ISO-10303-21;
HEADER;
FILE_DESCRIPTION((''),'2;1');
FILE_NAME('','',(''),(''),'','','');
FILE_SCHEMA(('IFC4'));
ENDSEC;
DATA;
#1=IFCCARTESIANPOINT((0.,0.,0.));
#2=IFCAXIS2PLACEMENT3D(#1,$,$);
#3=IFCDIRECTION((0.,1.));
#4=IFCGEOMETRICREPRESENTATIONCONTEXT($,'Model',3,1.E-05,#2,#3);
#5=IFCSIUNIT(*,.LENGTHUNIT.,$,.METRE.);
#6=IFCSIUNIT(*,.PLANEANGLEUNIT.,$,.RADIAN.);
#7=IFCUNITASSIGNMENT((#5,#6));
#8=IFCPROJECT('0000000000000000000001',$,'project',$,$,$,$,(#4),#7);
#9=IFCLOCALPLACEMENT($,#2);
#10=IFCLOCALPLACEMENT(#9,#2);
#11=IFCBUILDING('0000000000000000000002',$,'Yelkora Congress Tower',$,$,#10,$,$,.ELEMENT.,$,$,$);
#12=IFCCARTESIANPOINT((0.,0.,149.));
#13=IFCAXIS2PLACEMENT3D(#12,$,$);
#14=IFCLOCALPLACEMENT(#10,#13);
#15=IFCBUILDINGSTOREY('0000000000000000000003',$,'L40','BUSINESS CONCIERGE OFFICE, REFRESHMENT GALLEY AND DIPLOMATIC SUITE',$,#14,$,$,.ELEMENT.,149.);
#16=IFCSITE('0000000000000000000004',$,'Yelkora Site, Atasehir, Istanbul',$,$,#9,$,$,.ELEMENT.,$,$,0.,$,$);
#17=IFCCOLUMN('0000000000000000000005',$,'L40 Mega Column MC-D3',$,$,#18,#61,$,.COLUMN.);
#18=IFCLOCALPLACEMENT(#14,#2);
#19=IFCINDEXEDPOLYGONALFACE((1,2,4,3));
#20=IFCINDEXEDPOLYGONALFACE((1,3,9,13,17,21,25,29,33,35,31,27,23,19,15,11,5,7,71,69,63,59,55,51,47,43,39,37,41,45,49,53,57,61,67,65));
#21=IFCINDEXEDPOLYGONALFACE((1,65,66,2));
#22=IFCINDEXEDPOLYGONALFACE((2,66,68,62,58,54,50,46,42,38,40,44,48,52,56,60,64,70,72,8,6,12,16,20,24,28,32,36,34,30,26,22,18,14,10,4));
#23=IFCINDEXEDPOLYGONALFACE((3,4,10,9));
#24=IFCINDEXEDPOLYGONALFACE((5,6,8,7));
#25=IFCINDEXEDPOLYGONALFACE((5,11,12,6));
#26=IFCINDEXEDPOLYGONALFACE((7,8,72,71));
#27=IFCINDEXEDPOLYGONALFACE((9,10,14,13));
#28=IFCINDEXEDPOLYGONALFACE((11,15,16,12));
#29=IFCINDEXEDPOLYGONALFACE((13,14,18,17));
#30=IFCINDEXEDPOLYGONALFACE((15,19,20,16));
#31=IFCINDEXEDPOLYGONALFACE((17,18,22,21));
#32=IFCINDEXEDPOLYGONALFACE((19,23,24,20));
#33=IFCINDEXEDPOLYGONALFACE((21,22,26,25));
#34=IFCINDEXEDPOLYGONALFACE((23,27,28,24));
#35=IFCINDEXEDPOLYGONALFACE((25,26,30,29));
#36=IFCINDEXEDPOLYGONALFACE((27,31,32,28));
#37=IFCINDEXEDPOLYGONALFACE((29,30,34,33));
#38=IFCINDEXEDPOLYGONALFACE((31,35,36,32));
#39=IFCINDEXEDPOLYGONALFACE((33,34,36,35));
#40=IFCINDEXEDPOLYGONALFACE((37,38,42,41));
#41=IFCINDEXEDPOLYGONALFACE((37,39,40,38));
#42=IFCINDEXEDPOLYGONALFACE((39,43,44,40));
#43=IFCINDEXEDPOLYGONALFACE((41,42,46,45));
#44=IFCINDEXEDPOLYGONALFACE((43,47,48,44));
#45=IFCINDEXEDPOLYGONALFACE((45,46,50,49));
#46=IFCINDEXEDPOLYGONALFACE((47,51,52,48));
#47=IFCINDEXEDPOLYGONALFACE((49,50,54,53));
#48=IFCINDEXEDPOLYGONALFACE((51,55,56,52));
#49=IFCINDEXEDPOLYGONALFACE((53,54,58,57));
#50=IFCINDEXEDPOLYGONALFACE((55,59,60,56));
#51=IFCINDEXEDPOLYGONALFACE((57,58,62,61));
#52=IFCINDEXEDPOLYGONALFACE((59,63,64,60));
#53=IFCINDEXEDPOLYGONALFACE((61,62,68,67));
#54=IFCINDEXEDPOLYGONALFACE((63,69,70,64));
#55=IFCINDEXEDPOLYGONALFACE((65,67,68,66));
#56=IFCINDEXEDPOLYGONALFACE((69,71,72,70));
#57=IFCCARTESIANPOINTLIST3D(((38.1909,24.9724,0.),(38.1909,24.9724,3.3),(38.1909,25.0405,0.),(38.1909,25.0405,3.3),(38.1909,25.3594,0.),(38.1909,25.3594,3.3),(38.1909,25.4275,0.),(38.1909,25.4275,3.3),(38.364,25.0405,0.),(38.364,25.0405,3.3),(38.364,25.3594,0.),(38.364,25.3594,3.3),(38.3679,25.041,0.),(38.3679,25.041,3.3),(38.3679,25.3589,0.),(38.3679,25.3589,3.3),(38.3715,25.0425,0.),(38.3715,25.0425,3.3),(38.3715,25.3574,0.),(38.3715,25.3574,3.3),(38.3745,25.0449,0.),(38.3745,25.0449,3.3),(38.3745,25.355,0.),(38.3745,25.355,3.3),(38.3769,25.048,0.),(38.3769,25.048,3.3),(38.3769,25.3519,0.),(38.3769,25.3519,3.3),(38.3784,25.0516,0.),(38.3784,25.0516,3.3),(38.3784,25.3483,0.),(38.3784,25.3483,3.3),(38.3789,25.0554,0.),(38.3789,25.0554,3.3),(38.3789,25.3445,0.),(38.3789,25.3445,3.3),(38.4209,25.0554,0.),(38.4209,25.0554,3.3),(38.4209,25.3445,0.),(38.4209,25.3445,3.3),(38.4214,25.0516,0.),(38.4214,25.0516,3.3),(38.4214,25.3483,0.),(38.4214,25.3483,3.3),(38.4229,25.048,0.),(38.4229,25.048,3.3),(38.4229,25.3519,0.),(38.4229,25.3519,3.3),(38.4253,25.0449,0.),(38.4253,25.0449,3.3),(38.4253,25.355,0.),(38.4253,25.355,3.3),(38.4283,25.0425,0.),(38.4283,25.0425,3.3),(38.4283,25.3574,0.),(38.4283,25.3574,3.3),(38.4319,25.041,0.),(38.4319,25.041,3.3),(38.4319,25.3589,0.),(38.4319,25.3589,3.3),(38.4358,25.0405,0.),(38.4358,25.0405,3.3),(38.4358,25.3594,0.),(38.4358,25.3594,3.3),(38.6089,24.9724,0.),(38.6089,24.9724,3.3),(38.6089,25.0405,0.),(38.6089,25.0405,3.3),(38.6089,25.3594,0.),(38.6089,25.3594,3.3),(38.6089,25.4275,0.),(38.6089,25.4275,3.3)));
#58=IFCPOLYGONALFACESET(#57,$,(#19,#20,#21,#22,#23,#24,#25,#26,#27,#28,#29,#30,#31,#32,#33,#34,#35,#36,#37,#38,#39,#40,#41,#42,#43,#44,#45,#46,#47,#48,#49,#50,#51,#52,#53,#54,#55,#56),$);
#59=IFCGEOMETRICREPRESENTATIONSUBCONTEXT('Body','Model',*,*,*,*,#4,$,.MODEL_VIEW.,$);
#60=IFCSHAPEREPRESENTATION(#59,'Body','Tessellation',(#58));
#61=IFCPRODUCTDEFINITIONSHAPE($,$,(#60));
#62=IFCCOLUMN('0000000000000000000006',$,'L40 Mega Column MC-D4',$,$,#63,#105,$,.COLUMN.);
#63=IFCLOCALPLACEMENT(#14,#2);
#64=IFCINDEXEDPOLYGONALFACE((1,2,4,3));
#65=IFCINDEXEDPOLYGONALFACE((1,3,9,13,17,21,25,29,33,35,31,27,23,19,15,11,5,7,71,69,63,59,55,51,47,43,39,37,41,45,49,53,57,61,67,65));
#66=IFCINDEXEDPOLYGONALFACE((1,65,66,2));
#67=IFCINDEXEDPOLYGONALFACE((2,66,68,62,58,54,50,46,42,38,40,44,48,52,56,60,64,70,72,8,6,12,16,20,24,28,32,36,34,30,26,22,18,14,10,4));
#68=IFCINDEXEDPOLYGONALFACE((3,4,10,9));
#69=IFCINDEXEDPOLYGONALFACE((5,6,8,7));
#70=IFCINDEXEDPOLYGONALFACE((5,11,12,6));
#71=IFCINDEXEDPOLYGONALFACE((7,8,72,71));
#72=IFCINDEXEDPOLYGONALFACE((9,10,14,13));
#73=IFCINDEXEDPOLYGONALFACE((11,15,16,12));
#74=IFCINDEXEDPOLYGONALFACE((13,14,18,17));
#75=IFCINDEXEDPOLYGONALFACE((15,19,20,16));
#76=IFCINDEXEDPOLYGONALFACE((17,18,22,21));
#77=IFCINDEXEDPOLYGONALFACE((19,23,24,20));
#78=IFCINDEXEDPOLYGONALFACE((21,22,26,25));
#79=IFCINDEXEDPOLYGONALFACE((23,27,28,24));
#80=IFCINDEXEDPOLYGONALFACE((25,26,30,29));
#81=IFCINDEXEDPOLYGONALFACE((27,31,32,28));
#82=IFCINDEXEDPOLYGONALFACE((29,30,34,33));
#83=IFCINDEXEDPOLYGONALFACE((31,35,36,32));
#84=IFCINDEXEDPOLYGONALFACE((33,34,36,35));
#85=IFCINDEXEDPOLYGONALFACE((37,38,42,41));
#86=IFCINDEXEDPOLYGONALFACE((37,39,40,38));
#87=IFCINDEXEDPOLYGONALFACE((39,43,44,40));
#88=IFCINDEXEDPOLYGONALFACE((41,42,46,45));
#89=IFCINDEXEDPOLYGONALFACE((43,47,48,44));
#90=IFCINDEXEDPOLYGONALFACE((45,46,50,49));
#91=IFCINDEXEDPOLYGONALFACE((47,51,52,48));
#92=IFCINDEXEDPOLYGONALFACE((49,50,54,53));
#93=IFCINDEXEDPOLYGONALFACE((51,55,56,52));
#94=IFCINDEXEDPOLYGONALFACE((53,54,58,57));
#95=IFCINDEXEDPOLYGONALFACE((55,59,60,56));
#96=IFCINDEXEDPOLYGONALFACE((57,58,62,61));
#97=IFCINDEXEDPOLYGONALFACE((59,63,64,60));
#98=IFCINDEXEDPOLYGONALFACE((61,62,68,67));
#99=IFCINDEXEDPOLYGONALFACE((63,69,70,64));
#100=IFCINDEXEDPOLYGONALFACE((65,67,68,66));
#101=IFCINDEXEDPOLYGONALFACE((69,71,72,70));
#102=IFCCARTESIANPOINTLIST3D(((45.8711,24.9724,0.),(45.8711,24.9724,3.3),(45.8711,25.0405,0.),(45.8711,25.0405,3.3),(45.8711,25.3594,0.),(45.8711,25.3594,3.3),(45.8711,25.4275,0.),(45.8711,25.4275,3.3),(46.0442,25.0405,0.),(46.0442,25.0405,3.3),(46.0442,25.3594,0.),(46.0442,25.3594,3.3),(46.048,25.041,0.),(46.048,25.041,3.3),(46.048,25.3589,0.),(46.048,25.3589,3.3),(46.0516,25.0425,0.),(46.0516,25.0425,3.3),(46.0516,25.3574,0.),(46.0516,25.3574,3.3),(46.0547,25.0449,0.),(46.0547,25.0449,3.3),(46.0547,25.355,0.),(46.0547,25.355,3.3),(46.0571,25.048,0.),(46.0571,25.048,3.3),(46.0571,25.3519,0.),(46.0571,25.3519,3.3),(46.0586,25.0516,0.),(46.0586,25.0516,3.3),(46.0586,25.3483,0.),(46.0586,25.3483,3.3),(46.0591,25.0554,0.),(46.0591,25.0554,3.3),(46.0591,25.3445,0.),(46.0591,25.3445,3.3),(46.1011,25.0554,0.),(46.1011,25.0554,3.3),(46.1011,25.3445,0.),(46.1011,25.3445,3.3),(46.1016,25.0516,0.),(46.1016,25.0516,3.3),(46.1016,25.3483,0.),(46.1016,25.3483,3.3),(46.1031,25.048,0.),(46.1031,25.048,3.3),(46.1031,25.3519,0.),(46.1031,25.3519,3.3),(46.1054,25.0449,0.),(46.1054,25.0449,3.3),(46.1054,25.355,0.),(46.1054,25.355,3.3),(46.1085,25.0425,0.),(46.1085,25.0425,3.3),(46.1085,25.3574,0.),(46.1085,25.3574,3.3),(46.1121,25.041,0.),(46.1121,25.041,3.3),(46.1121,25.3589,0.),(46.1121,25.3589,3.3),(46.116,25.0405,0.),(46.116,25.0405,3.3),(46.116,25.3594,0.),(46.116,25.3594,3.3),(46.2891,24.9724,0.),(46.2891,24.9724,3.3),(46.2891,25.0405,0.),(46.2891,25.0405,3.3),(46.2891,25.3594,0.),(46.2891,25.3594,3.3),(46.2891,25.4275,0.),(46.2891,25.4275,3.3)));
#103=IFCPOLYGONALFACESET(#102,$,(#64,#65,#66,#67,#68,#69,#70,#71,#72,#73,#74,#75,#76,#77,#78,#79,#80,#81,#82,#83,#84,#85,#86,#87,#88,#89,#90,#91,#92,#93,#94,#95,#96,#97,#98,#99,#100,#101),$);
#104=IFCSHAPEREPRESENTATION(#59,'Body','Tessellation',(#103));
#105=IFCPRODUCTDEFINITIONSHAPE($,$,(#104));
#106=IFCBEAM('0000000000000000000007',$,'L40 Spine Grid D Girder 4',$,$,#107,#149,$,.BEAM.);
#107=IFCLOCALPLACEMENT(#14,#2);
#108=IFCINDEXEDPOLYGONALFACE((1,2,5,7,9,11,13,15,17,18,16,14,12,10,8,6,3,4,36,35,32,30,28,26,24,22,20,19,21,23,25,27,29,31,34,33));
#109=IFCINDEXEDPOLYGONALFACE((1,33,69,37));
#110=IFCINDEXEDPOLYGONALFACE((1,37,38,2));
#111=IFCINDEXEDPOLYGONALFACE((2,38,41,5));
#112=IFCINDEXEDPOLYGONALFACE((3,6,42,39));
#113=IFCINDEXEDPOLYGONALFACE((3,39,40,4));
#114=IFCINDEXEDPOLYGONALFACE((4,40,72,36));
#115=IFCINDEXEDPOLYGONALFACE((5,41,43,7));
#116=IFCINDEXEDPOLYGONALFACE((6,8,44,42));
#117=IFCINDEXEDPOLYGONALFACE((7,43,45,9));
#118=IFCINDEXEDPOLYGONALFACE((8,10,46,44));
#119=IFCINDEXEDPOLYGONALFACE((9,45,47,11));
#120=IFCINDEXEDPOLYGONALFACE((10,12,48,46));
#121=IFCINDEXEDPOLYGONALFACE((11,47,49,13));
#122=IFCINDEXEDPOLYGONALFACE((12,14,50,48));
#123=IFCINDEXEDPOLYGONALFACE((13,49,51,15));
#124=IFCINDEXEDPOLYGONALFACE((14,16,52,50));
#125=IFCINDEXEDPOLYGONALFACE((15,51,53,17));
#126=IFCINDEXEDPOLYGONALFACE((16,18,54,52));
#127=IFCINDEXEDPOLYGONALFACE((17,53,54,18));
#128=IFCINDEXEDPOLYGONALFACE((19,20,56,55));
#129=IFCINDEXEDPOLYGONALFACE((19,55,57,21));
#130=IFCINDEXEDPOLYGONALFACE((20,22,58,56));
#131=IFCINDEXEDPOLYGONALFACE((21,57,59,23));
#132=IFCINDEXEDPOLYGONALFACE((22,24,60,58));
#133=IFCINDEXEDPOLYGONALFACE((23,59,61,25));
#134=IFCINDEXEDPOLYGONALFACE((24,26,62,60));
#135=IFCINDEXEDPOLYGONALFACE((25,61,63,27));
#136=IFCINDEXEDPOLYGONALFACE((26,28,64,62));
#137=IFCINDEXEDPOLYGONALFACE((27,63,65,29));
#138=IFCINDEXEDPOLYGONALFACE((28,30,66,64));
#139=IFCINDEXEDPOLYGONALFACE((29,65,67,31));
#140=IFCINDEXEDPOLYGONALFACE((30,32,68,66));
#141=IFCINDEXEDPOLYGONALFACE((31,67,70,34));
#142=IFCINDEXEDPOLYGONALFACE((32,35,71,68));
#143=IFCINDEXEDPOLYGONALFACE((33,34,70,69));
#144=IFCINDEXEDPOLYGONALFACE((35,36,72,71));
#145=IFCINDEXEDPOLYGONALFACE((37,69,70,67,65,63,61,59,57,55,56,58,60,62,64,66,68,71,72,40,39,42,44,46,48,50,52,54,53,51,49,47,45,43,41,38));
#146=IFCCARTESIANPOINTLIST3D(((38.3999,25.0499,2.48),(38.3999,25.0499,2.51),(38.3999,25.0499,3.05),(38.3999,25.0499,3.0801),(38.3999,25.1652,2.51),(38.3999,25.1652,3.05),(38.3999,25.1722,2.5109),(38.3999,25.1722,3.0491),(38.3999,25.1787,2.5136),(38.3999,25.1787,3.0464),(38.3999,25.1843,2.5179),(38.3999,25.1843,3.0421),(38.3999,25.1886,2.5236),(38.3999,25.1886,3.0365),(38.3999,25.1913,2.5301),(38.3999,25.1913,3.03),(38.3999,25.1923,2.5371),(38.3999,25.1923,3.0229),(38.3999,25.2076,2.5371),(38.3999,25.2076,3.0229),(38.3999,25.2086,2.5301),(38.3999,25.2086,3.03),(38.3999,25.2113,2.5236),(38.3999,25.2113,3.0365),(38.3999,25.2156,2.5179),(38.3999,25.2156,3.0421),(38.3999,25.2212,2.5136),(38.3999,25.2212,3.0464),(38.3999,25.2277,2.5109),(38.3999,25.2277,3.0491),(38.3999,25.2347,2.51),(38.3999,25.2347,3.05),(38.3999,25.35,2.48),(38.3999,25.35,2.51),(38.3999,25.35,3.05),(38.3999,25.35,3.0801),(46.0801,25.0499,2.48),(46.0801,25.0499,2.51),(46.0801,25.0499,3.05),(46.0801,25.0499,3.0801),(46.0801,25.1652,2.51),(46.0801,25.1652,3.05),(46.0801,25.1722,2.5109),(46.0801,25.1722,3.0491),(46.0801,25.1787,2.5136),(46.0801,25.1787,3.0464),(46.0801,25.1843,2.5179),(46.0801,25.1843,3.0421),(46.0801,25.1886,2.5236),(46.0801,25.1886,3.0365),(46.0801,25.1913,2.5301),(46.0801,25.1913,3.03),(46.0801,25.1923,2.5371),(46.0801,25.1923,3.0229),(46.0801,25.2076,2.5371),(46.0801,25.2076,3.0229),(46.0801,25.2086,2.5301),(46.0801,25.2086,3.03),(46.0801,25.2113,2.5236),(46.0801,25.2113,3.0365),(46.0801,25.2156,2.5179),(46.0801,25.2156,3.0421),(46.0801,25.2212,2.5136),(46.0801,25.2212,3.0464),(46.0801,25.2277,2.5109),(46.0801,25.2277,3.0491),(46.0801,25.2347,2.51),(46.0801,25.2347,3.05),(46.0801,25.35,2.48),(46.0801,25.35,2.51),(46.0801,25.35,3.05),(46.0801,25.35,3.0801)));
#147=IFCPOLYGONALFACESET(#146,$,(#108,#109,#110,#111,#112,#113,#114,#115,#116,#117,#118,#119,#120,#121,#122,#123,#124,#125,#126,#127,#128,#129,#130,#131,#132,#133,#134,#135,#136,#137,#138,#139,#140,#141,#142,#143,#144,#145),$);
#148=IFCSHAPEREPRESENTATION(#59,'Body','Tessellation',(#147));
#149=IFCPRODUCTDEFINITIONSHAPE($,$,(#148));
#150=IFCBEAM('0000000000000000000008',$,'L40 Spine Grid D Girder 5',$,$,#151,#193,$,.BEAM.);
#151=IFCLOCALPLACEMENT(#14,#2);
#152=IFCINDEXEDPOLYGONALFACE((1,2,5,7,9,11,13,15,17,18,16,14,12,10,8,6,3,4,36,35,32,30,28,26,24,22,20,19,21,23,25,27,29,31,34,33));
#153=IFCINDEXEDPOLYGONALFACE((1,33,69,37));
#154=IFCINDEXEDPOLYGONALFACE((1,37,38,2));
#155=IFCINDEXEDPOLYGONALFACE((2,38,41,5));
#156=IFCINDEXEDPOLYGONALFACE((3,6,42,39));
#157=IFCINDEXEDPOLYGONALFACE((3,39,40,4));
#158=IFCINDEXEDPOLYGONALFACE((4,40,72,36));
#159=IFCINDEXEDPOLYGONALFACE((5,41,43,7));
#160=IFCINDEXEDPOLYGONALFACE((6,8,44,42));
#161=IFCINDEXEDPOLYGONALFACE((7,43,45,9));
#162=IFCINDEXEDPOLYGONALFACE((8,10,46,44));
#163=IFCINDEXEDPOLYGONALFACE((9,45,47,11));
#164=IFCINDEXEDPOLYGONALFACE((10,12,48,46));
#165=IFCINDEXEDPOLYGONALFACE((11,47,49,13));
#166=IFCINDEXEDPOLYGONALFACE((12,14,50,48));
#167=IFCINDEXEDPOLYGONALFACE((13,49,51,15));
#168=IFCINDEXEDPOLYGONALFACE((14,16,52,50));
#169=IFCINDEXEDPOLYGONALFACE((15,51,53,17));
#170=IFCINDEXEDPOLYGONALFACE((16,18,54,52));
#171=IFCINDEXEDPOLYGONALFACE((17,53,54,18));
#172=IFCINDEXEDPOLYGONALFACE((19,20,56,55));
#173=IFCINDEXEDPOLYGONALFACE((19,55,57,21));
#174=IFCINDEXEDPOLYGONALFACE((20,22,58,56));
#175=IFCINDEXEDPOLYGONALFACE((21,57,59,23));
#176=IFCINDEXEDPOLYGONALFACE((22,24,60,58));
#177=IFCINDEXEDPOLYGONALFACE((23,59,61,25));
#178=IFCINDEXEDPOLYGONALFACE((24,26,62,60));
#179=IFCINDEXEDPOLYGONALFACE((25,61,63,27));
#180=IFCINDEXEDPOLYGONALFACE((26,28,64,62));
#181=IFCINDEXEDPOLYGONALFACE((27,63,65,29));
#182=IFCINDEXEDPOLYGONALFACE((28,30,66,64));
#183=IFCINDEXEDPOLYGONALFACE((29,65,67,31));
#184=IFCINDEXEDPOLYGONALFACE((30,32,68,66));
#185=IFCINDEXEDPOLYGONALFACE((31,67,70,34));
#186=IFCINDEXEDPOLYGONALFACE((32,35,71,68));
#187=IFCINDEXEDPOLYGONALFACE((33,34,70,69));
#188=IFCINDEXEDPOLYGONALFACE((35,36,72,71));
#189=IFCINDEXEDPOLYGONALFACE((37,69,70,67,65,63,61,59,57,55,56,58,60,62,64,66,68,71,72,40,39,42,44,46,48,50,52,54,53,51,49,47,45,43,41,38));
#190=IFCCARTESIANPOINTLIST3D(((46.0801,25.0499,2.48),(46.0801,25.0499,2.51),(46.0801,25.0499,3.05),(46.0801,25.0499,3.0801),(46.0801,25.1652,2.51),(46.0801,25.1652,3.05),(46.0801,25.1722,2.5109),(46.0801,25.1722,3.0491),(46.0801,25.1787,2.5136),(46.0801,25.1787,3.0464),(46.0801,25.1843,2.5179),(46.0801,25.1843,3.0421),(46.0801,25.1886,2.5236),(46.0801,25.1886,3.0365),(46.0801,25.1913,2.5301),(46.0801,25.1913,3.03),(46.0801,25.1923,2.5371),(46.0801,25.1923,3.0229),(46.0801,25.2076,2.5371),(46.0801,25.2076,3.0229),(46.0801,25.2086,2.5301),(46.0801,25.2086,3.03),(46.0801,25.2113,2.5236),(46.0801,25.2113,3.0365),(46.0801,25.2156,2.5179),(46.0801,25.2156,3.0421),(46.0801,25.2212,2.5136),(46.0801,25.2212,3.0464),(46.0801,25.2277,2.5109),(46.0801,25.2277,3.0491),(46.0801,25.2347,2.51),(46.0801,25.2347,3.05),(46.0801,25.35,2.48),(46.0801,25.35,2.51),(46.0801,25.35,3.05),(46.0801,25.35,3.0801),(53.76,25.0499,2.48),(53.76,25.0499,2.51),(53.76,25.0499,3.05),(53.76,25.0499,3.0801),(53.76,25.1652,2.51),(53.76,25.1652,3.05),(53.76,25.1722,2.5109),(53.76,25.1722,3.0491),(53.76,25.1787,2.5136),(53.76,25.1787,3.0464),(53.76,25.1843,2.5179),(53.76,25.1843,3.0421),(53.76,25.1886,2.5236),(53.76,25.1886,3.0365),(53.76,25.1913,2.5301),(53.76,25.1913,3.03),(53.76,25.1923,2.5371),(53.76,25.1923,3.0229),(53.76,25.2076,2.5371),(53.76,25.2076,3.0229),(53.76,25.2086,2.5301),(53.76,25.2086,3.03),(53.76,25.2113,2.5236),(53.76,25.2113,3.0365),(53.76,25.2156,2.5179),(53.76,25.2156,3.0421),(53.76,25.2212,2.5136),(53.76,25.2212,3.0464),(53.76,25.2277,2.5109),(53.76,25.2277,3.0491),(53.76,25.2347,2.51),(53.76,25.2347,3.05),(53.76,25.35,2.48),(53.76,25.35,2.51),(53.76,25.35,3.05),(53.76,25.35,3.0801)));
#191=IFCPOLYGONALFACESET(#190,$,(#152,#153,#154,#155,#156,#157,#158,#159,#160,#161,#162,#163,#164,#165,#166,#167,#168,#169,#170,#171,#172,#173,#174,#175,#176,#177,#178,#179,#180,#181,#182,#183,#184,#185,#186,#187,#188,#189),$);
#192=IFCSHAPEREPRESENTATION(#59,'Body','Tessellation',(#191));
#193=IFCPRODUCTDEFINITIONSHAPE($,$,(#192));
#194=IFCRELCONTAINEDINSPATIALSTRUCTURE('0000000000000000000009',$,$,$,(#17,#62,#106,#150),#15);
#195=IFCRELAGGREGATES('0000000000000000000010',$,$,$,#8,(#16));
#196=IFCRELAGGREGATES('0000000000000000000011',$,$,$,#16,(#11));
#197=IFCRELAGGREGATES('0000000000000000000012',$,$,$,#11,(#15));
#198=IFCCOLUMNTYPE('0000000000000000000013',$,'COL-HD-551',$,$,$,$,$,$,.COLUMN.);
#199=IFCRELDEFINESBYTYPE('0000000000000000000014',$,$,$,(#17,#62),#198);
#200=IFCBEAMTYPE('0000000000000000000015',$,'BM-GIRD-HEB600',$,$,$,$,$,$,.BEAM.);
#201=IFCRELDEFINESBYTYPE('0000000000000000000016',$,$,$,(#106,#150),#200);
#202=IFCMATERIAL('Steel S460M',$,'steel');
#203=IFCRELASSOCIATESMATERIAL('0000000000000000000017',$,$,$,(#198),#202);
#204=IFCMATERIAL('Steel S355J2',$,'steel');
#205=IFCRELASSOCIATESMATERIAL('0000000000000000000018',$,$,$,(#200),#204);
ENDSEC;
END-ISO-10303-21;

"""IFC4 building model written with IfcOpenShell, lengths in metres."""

from ifc_helpers import new_model, si_unit, direction, frame, origin, origin_2d, place, context, subcontext, project, spatial, i_section, extrude, material, material_profile, profile_set, type_object, element, save


model = new_model("IFC4")

# Units and contexts
model_context = context("Model", 3, precision=1e-05, world=origin(), true_north=direction((0.0, 1.0)))
body_context = subcontext(model_context, "Body", "Model", "MODEL_VIEW")
ifc_project = project(units=[si_unit("LENGTHUNIT", "METRE"), si_unit("PLANEANGLEUNIT", "RADIAN")], contexts=[model_context])

# Site, building, storey
site_placement = place(None, origin())
site = spatial("IfcSite", under=ifc_project, at=site_placement, Name="Yelkora Site, Atasehir, Istanbul", CompositionType="ELEMENT", RefElevation=0.0)
building_placement = place(site_placement, origin())
building = spatial("IfcBuilding", under=site, at=building_placement, Name="Yelkora Congress Tower", CompositionType="ELEMENT")
storey_placement = place(building_placement, frame((0.0, 0.0, 149.0)))
storey = spatial("IfcBuildingStorey", under=building, at=storey_placement, Name="L40", Description="BUSINESS CONCIERGE OFFICE, REFRESHMENT GALLEY AND DIPLOMATIC SUITE", CompositionType="ELEMENT", Elevation=149.0)

# Columns
ifc_material_1 = material(Name="Steel S460M", Category="steel")
ifc_material_profile_1 = material_profile(ifc_material_1, i_section(OverallWidth=0.418, OverallDepth=0.4551, WebThickness=0.042, FlangeThickness=0.0681, FilletRadius=0.0149, at=origin_2d()), Name="HD 400x551")
ifc_profile_set_1 = profile_set([ifc_material_profile_1], Name="Steel S460M")
column_type = type_object("IfcColumnType", Name="COL-HD-551", PredefinedType="COLUMN", material=ifc_profile_set_1)
for number, where, z_axis, x_axis, name in (
    (1, (38.3999, 25.2, 0.0), (0.0, 0.0, 1.0), (1.0, 0.0, 0.0), "L40 Mega Column MC-D3"),
    (2, (46.0801, 25.2, 0.0), (0.0, 0.0, 1.0), (1.0, 0.0, 0.0), "L40 Mega Column MC-D4"),
):
    element("IfcColumn", number, at=place(storey_placement, frame(where, z_axis=z_axis, x_axis=x_axis)), inside=storey, type_object=column_type, Name=name, PredefinedType="COLUMN", context=body_context, shape_type="SweptSolid", body=[
        extrude(i_section(OverallWidth=0.418, OverallDepth=0.4551, WebThickness=0.042, FlangeThickness=0.0681, FilletRadius=0.0149, at=origin_2d()), origin(), (0.0, 0.0, 1.0), 3.3),
    ])

# Beams
ifc_material_2 = material(Name="Steel S355J2", Category="steel")
ifc_material_profile_2 = material_profile(ifc_material_2, i_section(OverallWidth=0.3, OverallDepth=0.6001, WebThickness=0.0154, FlangeThickness=0.03, FilletRadius=0.0271, at=origin_2d()), Name="HEB 600")
ifc_profile_set_2 = profile_set([ifc_material_profile_2], Name="Steel S355J2")
beam_type_1 = type_object("IfcBeamType", Name="BM-GIRD-HEB600", PredefinedType="BEAM", material=ifc_profile_set_2)
beam_1_placement = place(storey_placement, frame((38.3999, 25.2, 2.78), z_axis=(1.0, 0.0, 0.0), x_axis=(0.0, 1.0, 0.0)))
element("IfcBeam", 3, at=beam_1_placement, inside=storey, type_object=beam_type_1, Name="L40 Spine Grid D Girder 4", PredefinedType="BEAM", context=body_context, shape_type="SweptSolid", body=[
    extrude(i_section(OverallWidth=0.3, OverallDepth=0.6001, WebThickness=0.0154, FlangeThickness=0.03, FilletRadius=0.0271, at=origin_2d()), origin(), (0.0, 0.0, 1.0), 7.6802),
])
beam_2_placement = place(storey_placement, frame((46.0801, 25.2, 2.78), z_axis=(1.0, 0.0, 0.0), x_axis=(0.0, 1.0, 0.0)))
element("IfcBeam", 4, at=beam_2_placement, inside=storey, type_object=beam_type_1, Name="L40 Spine Grid D Girder 5", PredefinedType="BEAM", context=body_context, shape_type="SweptSolid", body=[
    extrude(i_section(OverallWidth=0.3, OverallDepth=0.6001, WebThickness=0.0154, FlangeThickness=0.03, FilletRadius=0.0271, at=origin_2d()), origin(), (0.0, 0.0, 1.0), 7.6799),
])

save(model, "model.ifc")
